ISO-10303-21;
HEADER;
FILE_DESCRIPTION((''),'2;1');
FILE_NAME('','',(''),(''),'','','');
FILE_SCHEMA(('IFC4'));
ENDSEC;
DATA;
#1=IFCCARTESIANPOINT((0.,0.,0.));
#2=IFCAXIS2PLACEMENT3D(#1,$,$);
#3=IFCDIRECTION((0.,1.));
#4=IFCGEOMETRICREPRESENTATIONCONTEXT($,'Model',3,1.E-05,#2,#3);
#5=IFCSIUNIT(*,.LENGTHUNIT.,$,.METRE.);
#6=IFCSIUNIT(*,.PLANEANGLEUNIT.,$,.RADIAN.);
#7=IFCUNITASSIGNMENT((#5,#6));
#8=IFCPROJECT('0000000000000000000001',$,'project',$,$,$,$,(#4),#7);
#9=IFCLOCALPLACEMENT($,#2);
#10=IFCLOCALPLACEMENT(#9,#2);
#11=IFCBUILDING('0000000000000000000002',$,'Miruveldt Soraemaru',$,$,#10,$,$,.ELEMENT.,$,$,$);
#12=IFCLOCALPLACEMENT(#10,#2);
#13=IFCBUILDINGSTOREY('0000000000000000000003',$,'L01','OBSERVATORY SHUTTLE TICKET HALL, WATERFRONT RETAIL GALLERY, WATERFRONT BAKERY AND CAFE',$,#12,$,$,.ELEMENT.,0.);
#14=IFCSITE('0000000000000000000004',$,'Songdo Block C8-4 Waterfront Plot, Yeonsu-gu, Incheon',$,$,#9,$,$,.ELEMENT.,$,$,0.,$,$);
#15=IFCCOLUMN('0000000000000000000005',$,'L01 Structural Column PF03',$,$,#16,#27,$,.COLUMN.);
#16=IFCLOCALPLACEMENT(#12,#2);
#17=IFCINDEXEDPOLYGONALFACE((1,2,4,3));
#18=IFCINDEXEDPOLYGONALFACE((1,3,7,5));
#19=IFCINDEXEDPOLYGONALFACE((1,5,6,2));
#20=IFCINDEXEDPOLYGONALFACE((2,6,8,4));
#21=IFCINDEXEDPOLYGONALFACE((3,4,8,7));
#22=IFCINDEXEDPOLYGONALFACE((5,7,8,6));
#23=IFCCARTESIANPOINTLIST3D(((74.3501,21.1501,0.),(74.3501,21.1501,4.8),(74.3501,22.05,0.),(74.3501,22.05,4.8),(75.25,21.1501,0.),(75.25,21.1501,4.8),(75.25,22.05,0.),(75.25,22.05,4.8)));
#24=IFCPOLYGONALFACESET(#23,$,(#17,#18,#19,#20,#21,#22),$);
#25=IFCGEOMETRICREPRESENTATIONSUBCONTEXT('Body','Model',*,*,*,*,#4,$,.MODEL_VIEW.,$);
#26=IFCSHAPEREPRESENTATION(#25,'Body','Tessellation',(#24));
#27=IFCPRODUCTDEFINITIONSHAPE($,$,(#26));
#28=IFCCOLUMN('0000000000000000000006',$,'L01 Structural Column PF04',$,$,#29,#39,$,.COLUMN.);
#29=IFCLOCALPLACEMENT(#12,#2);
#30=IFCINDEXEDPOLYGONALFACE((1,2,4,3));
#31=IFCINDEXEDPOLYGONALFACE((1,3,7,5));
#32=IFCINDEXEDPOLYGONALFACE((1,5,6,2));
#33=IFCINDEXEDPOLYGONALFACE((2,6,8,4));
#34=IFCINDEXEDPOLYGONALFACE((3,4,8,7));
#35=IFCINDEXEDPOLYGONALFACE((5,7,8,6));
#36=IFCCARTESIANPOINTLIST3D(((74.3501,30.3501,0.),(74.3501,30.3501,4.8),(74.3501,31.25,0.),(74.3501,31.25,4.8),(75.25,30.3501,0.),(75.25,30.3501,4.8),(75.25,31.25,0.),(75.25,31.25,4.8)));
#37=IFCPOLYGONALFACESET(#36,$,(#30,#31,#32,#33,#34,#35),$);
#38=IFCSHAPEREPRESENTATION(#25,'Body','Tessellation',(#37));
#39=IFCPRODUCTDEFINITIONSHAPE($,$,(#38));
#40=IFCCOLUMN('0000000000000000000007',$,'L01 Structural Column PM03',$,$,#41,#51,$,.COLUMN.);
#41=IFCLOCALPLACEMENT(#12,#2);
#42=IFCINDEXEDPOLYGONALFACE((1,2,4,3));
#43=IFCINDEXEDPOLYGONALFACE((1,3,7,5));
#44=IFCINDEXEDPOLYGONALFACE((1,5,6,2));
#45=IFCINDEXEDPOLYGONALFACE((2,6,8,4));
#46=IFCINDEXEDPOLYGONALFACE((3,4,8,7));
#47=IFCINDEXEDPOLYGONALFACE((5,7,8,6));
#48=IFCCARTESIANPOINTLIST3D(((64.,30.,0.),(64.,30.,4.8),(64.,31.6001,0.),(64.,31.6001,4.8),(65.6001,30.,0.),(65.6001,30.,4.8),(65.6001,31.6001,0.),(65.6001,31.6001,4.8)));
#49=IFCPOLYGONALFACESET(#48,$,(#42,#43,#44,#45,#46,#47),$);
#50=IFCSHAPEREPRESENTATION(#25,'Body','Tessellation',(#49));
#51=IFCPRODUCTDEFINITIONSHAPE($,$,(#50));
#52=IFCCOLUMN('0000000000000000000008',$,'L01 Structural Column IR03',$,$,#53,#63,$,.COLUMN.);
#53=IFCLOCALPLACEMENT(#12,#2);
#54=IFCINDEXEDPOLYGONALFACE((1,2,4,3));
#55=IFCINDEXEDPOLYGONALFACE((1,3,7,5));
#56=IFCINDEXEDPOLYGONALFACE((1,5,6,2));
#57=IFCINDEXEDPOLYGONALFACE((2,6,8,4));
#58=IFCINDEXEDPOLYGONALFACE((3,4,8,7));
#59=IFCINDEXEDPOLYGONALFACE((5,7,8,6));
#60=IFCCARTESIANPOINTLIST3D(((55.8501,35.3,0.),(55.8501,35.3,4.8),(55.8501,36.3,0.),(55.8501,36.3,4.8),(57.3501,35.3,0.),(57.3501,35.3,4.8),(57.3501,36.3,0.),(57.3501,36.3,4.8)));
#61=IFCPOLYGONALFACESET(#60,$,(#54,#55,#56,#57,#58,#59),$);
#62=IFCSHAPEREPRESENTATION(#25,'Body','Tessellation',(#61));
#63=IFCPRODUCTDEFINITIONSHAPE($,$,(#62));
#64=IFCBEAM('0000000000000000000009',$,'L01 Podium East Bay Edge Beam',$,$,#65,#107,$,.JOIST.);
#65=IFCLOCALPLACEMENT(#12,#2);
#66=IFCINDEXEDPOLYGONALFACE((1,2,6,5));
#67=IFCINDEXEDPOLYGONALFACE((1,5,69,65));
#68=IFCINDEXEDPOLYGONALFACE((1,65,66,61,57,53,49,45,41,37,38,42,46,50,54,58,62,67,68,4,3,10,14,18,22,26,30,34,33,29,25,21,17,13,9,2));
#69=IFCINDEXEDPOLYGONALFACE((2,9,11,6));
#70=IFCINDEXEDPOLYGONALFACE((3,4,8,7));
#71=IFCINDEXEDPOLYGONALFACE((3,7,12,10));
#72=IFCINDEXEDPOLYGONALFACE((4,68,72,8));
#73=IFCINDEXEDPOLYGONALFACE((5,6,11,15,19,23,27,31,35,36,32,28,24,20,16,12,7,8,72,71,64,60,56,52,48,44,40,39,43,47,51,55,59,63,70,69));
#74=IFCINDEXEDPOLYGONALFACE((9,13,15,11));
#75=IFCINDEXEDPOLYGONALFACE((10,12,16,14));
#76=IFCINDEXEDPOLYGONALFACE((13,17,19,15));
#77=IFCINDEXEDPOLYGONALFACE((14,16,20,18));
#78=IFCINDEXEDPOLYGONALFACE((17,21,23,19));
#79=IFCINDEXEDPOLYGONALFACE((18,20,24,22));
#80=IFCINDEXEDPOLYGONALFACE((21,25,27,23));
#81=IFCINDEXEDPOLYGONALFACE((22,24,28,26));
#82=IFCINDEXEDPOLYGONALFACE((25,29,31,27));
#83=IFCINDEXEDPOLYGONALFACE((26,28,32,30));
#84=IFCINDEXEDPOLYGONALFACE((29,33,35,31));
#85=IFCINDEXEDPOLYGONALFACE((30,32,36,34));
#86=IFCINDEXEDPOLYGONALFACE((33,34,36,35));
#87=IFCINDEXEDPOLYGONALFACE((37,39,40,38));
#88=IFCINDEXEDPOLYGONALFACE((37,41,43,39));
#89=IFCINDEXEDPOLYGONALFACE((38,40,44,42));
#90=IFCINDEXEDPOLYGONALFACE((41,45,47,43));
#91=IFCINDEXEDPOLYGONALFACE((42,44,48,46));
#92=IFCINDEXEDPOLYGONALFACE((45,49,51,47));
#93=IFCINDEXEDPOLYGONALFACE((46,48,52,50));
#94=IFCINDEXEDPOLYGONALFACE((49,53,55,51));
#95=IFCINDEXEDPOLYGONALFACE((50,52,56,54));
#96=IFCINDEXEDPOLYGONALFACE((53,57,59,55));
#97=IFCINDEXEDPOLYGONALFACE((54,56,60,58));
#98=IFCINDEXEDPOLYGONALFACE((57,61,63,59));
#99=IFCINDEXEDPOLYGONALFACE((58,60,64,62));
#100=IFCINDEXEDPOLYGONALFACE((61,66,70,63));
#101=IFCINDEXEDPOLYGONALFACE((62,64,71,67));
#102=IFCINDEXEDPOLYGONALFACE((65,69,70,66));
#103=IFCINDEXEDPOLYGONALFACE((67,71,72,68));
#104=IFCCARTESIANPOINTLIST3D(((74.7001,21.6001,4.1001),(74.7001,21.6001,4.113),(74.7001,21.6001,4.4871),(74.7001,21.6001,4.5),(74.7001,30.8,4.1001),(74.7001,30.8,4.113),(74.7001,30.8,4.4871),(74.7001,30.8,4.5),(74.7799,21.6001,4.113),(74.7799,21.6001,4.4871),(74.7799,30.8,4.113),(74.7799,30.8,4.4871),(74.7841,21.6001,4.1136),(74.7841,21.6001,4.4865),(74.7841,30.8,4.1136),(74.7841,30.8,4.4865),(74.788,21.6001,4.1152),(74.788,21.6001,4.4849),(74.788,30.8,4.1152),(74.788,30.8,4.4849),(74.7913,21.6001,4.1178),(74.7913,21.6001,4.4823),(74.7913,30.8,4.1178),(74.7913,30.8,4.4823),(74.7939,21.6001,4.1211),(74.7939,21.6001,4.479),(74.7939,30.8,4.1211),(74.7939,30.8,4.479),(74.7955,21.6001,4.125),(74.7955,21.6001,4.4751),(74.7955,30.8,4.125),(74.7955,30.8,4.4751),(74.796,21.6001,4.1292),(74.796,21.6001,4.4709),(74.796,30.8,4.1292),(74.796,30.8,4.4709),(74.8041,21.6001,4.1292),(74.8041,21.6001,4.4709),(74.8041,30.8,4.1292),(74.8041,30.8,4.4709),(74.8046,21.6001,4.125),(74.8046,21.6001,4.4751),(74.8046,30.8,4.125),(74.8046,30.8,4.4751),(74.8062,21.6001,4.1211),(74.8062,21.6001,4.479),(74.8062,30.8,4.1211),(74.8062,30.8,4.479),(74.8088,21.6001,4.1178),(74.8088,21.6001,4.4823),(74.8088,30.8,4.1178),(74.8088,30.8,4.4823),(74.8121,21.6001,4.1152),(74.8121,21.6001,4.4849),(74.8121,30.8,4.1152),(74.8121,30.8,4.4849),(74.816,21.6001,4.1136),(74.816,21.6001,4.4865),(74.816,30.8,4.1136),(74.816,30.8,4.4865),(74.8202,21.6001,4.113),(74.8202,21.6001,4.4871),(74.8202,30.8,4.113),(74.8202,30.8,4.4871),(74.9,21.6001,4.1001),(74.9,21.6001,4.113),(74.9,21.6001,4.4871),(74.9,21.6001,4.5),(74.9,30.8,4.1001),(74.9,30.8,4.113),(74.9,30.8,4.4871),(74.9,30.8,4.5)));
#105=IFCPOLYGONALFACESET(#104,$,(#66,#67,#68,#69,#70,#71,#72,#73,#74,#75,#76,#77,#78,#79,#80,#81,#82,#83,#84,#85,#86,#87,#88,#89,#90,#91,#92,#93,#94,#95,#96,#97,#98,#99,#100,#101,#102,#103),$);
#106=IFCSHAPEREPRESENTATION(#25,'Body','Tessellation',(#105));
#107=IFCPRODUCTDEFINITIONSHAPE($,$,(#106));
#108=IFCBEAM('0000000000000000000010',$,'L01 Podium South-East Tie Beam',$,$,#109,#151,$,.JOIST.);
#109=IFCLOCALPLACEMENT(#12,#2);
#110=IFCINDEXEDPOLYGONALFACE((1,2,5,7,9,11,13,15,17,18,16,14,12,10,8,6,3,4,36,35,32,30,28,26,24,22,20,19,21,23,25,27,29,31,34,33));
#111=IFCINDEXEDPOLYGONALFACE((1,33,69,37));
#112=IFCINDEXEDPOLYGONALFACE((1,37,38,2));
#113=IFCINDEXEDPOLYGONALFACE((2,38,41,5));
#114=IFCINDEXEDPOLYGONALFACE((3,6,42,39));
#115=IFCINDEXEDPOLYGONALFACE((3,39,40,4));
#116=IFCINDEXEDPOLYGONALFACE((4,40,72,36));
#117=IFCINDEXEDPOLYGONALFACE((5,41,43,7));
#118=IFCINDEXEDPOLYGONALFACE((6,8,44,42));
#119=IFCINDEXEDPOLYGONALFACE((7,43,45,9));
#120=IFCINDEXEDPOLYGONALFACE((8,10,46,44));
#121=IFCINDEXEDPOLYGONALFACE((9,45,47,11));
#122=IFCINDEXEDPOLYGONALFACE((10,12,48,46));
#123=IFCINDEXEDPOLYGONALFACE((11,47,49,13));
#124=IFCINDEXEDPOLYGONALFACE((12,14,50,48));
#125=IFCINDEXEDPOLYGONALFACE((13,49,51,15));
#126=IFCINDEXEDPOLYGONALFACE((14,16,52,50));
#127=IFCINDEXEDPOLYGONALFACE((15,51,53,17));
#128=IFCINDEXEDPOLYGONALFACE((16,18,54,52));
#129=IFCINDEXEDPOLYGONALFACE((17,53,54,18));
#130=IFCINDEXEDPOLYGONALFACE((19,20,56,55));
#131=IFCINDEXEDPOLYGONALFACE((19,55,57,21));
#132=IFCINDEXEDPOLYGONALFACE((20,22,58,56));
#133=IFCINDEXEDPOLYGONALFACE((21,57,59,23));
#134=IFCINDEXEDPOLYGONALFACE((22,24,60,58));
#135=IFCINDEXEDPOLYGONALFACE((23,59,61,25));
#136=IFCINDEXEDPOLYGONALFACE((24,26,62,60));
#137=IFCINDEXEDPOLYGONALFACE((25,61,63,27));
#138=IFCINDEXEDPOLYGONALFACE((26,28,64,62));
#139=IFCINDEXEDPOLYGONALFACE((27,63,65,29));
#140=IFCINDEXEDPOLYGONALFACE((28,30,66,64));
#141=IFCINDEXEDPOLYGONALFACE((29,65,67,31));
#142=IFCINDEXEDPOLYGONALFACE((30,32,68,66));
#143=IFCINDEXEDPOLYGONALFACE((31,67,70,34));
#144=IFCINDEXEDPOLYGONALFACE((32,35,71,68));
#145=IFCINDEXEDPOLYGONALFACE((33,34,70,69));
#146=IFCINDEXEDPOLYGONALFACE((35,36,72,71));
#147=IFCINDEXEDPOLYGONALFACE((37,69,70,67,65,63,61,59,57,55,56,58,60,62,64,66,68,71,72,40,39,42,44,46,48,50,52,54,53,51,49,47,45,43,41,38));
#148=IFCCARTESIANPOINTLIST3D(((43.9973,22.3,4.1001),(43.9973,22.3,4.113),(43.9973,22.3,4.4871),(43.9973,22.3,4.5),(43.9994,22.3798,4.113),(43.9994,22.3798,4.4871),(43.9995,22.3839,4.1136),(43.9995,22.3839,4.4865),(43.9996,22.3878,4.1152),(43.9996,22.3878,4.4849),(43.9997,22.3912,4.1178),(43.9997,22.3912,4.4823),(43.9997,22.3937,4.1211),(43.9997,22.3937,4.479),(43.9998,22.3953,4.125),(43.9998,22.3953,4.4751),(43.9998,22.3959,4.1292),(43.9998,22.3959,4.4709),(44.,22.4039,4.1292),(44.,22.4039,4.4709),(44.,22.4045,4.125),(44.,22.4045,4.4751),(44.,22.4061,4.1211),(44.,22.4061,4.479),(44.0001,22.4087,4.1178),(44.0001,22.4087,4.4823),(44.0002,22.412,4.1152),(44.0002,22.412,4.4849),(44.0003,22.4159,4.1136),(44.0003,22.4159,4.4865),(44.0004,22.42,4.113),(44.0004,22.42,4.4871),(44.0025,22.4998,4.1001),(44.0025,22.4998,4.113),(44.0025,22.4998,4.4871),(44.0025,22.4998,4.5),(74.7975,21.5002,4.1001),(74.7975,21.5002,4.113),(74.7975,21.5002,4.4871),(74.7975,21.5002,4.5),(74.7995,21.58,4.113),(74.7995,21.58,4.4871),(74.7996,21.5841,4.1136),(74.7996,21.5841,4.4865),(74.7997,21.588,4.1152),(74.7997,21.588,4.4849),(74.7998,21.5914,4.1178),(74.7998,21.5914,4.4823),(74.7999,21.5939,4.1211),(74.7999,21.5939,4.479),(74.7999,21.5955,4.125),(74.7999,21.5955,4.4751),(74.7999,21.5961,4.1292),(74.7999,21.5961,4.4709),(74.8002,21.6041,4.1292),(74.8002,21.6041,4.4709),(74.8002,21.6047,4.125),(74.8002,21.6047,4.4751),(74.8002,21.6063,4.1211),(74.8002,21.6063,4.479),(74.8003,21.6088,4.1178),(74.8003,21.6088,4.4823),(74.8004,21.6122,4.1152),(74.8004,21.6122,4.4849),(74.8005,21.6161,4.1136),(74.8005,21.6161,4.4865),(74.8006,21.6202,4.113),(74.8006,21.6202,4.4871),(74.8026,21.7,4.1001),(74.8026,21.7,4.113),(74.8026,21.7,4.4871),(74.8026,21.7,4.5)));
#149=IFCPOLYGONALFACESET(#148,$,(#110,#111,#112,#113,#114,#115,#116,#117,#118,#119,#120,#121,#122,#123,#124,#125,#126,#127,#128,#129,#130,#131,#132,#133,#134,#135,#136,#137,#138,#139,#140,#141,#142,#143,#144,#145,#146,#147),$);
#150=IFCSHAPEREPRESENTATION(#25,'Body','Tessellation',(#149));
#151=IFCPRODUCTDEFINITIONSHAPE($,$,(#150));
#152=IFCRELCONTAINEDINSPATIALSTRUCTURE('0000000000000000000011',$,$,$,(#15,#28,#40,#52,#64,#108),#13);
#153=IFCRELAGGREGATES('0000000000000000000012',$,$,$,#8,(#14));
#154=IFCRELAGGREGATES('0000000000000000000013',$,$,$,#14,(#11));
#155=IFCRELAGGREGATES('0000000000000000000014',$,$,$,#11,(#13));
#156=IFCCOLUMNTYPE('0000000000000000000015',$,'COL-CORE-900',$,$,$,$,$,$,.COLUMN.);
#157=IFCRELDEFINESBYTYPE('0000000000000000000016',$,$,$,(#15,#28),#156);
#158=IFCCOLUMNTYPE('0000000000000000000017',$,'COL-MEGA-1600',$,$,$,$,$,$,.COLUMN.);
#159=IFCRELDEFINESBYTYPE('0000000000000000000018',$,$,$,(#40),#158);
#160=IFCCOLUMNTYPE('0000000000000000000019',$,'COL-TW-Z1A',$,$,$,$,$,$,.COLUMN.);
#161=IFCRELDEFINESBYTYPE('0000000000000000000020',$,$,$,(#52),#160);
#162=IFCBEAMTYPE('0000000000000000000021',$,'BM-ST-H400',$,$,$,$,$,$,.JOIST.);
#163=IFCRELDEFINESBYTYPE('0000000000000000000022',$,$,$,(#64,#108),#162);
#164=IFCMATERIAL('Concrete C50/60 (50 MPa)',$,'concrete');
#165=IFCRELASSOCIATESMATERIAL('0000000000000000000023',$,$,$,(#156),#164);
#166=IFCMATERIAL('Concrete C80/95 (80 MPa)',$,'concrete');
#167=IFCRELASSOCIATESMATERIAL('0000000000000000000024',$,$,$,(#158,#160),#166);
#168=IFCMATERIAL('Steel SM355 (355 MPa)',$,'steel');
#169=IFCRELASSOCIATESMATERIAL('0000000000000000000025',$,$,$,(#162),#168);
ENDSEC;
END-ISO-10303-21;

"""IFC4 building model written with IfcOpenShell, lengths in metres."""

from ifc_helpers import new_model, si_unit, direction, frame, origin, origin_2d, place, context, subcontext, project, spatial, rectangle, i_section, extrude, material, material_profile, profile_set, type_object, element, save


model = new_model("IFC4")

# Units and contexts
model_context = context("Model", 3, precision=1e-05, world=origin(), true_north=direction((0.0, 1.0)))
body_context = subcontext(model_context, "Body", "Model", "MODEL_VIEW")
ifc_project = project(units=[si_unit("LENGTHUNIT", "METRE"), si_unit("PLANEANGLEUNIT", "RADIAN")], contexts=[model_context])

# Site, building, storey
site_placement = place(None, origin())
site = spatial("IfcSite", under=ifc_project, at=site_placement, Name="Songdo Block C8-4 Waterfront Plot, Yeonsu-gu, Incheon", CompositionType="ELEMENT", RefElevation=0.0)
building_placement = place(site_placement, origin())
building = spatial("IfcBuilding", under=site, at=building_placement, Name="Miruveldt Soraemaru", CompositionType="ELEMENT")
storey_placement = place(building_placement, origin())
storey = spatial("IfcBuildingStorey", under=building, at=storey_placement, Name="L01", Description="OBSERVATORY SHUTTLE TICKET HALL, WATERFRONT RETAIL GALLERY, WATERFRONT BAKERY AND CAFE", CompositionType="ELEMENT", Elevation=0.0)

# Columns
ifc_material_1 = material(Name="Concrete C50/60 (50 MPa)", Category="concrete")
ifc_material_profile_1 = material_profile(ifc_material_1, rectangle(XDim=0.8999, YDim=0.8999, at=origin_2d()), Name="Concrete C50/60 (50 MPa)", Category="concrete")
ifc_profile_set_1 = profile_set([ifc_material_profile_1], Name="Concrete C50/60 (50 MPa)")
column_type_1 = type_object("IfcColumnType", Name="COL-CORE-900", PredefinedType="COLUMN", material=ifc_profile_set_1)
for number, where, z_axis, x_axis, name in (
    (1, (74.8, 21.6001, 0.0), (0.0, 0.0, 1.0), (1.0, 0.0, 0.0), "L01 Structural Column PF03"),
    (2, (74.8, 30.8, 0.0), (0.0, 0.0, 1.0), (1.0, 0.0, 0.0), "L01 Structural Column PF04"),
):
    element("IfcColumn", number, at=place(storey_placement, frame(where, z_axis=z_axis, x_axis=x_axis)), inside=storey, type_object=column_type_1, Name=name, PredefinedType="COLUMN", context=body_context, shape_type="SweptSolid", body=[
        extrude(rectangle(XDim=0.8999, YDim=0.8999, at=origin_2d()), origin(), (0.0, 0.0, 1.0), 4.8),
    ])
ifc_material_2 = material(Name="Concrete C80/95 (80 MPa)", Category="concrete")
ifc_material_profile_2 = material_profile(ifc_material_2, rectangle(XDim=1.6001, YDim=1.6001, at=origin_2d()), Name="Concrete C80/95 (80 MPa)", Category="concrete")
ifc_profile_set_2 = profile_set([ifc_material_profile_2], Name="Concrete C80/95 (80 MPa)")
column_type_2 = type_object("IfcColumnType", Name="COL-MEGA-1600", PredefinedType="COLUMN", material=ifc_profile_set_2)
column_1_placement = place(storey_placement, frame((64.8, 30.8, 0.0), z_axis=(0.0, 0.0, 1.0), x_axis=(1.0, 0.0, 0.0)))
element("IfcColumn", 3, at=column_1_placement, inside=storey, type_object=column_type_2, Name="L01 Structural Column PM03", PredefinedType="COLUMN", context=body_context, shape_type="SweptSolid", body=[
    extrude(rectangle(XDim=1.6001, YDim=1.6001, at=origin_2d()), origin(), (0.0, 0.0, 1.0), 4.8),
])
ifc_material_profile_3 = material_profile(ifc_material_2, rectangle(XDim=1.5, YDim=1.0, at=origin_2d()), Name="Concrete C80/95 (80 MPa)", Category="concrete")
ifc_profile_set_3 = profile_set([ifc_material_profile_3], Name="Concrete C80/95 (80 MPa)")
column_type_3 = type_object("IfcColumnType", Name="COL-TW-Z1A", PredefinedType="COLUMN", material=ifc_profile_set_3)
column_2_placement = place(storey_placement, frame((56.6001, 35.8, 0.0), z_axis=(0.0, 0.0, 1.0), x_axis=(1.0, 0.0, 0.0)))
element("IfcColumn", 4, at=column_2_placement, inside=storey, type_object=column_type_3, Name="L01 Structural Column IR03", PredefinedType="COLUMN", context=body_context, shape_type="SweptSolid", body=[
    extrude(rectangle(XDim=1.5, YDim=1.0, at=origin_2d()), origin(), (0.0, 0.0, 1.0), 4.8),
])

# Beams
ifc_material_3 = material(Name="Steel SM355 (355 MPa)", Category="steel")
ifc_material_profile_4 = material_profile(ifc_material_3, i_section(OverallWidth=0.2, OverallDepth=0.3999, WebThickness=0.0081, FlangeThickness=0.0129, FilletRadius=0.0161, at=origin_2d()), Name="Steel SM355 (355 MPa)", Category="steel")
ifc_profile_set_4 = profile_set([ifc_material_profile_4], Name="Steel SM355 (355 MPa)")
beam_type_1 = type_object("IfcBeamType", Name="BM-ST-H400", PredefinedType="JOIST", material=ifc_profile_set_4)
beam_1_placement = place(storey_placement, frame((74.8, 30.8, 4.3), z_axis=(0.0, -1.0, 0.0), x_axis=(1.0, 0.0, 0.0)))
element("IfcBeam", 5, at=beam_1_placement, inside=storey, type_object=beam_type_1, Name="L01 Podium East Bay Edge Beam", PredefinedType="JOIST", context=body_context, shape_type="SweptSolid", body=[
    extrude(i_section(OverallWidth=0.2, OverallDepth=0.3999, WebThickness=0.0081, FlangeThickness=0.0129, FilletRadius=0.0161, at=origin_2d()), origin(), (0.0, 0.0, 1.0), 9.2),
])
beam_2_placement = place(storey_placement, frame((74.8, 21.6001, 4.3), z_axis=(-0.999663, 0.025959, 0.0), x_axis=(-0.025959, -0.999663, 0.0)))
element("IfcBeam", 6, at=beam_2_placement, inside=storey, type_object=beam_type_1, Name="L01 Podium South-East Tie Beam", PredefinedType="JOIST", context=body_context, shape_type="SweptSolid", body=[
    extrude(i_section(OverallWidth=0.2, OverallDepth=0.3999, WebThickness=0.0081, FlangeThickness=0.0129, FilletRadius=0.0161, at=origin_2d()), origin(), (0.0, 0.0, 1.0), 30.8105),
])

save(model, "model.ifc")
